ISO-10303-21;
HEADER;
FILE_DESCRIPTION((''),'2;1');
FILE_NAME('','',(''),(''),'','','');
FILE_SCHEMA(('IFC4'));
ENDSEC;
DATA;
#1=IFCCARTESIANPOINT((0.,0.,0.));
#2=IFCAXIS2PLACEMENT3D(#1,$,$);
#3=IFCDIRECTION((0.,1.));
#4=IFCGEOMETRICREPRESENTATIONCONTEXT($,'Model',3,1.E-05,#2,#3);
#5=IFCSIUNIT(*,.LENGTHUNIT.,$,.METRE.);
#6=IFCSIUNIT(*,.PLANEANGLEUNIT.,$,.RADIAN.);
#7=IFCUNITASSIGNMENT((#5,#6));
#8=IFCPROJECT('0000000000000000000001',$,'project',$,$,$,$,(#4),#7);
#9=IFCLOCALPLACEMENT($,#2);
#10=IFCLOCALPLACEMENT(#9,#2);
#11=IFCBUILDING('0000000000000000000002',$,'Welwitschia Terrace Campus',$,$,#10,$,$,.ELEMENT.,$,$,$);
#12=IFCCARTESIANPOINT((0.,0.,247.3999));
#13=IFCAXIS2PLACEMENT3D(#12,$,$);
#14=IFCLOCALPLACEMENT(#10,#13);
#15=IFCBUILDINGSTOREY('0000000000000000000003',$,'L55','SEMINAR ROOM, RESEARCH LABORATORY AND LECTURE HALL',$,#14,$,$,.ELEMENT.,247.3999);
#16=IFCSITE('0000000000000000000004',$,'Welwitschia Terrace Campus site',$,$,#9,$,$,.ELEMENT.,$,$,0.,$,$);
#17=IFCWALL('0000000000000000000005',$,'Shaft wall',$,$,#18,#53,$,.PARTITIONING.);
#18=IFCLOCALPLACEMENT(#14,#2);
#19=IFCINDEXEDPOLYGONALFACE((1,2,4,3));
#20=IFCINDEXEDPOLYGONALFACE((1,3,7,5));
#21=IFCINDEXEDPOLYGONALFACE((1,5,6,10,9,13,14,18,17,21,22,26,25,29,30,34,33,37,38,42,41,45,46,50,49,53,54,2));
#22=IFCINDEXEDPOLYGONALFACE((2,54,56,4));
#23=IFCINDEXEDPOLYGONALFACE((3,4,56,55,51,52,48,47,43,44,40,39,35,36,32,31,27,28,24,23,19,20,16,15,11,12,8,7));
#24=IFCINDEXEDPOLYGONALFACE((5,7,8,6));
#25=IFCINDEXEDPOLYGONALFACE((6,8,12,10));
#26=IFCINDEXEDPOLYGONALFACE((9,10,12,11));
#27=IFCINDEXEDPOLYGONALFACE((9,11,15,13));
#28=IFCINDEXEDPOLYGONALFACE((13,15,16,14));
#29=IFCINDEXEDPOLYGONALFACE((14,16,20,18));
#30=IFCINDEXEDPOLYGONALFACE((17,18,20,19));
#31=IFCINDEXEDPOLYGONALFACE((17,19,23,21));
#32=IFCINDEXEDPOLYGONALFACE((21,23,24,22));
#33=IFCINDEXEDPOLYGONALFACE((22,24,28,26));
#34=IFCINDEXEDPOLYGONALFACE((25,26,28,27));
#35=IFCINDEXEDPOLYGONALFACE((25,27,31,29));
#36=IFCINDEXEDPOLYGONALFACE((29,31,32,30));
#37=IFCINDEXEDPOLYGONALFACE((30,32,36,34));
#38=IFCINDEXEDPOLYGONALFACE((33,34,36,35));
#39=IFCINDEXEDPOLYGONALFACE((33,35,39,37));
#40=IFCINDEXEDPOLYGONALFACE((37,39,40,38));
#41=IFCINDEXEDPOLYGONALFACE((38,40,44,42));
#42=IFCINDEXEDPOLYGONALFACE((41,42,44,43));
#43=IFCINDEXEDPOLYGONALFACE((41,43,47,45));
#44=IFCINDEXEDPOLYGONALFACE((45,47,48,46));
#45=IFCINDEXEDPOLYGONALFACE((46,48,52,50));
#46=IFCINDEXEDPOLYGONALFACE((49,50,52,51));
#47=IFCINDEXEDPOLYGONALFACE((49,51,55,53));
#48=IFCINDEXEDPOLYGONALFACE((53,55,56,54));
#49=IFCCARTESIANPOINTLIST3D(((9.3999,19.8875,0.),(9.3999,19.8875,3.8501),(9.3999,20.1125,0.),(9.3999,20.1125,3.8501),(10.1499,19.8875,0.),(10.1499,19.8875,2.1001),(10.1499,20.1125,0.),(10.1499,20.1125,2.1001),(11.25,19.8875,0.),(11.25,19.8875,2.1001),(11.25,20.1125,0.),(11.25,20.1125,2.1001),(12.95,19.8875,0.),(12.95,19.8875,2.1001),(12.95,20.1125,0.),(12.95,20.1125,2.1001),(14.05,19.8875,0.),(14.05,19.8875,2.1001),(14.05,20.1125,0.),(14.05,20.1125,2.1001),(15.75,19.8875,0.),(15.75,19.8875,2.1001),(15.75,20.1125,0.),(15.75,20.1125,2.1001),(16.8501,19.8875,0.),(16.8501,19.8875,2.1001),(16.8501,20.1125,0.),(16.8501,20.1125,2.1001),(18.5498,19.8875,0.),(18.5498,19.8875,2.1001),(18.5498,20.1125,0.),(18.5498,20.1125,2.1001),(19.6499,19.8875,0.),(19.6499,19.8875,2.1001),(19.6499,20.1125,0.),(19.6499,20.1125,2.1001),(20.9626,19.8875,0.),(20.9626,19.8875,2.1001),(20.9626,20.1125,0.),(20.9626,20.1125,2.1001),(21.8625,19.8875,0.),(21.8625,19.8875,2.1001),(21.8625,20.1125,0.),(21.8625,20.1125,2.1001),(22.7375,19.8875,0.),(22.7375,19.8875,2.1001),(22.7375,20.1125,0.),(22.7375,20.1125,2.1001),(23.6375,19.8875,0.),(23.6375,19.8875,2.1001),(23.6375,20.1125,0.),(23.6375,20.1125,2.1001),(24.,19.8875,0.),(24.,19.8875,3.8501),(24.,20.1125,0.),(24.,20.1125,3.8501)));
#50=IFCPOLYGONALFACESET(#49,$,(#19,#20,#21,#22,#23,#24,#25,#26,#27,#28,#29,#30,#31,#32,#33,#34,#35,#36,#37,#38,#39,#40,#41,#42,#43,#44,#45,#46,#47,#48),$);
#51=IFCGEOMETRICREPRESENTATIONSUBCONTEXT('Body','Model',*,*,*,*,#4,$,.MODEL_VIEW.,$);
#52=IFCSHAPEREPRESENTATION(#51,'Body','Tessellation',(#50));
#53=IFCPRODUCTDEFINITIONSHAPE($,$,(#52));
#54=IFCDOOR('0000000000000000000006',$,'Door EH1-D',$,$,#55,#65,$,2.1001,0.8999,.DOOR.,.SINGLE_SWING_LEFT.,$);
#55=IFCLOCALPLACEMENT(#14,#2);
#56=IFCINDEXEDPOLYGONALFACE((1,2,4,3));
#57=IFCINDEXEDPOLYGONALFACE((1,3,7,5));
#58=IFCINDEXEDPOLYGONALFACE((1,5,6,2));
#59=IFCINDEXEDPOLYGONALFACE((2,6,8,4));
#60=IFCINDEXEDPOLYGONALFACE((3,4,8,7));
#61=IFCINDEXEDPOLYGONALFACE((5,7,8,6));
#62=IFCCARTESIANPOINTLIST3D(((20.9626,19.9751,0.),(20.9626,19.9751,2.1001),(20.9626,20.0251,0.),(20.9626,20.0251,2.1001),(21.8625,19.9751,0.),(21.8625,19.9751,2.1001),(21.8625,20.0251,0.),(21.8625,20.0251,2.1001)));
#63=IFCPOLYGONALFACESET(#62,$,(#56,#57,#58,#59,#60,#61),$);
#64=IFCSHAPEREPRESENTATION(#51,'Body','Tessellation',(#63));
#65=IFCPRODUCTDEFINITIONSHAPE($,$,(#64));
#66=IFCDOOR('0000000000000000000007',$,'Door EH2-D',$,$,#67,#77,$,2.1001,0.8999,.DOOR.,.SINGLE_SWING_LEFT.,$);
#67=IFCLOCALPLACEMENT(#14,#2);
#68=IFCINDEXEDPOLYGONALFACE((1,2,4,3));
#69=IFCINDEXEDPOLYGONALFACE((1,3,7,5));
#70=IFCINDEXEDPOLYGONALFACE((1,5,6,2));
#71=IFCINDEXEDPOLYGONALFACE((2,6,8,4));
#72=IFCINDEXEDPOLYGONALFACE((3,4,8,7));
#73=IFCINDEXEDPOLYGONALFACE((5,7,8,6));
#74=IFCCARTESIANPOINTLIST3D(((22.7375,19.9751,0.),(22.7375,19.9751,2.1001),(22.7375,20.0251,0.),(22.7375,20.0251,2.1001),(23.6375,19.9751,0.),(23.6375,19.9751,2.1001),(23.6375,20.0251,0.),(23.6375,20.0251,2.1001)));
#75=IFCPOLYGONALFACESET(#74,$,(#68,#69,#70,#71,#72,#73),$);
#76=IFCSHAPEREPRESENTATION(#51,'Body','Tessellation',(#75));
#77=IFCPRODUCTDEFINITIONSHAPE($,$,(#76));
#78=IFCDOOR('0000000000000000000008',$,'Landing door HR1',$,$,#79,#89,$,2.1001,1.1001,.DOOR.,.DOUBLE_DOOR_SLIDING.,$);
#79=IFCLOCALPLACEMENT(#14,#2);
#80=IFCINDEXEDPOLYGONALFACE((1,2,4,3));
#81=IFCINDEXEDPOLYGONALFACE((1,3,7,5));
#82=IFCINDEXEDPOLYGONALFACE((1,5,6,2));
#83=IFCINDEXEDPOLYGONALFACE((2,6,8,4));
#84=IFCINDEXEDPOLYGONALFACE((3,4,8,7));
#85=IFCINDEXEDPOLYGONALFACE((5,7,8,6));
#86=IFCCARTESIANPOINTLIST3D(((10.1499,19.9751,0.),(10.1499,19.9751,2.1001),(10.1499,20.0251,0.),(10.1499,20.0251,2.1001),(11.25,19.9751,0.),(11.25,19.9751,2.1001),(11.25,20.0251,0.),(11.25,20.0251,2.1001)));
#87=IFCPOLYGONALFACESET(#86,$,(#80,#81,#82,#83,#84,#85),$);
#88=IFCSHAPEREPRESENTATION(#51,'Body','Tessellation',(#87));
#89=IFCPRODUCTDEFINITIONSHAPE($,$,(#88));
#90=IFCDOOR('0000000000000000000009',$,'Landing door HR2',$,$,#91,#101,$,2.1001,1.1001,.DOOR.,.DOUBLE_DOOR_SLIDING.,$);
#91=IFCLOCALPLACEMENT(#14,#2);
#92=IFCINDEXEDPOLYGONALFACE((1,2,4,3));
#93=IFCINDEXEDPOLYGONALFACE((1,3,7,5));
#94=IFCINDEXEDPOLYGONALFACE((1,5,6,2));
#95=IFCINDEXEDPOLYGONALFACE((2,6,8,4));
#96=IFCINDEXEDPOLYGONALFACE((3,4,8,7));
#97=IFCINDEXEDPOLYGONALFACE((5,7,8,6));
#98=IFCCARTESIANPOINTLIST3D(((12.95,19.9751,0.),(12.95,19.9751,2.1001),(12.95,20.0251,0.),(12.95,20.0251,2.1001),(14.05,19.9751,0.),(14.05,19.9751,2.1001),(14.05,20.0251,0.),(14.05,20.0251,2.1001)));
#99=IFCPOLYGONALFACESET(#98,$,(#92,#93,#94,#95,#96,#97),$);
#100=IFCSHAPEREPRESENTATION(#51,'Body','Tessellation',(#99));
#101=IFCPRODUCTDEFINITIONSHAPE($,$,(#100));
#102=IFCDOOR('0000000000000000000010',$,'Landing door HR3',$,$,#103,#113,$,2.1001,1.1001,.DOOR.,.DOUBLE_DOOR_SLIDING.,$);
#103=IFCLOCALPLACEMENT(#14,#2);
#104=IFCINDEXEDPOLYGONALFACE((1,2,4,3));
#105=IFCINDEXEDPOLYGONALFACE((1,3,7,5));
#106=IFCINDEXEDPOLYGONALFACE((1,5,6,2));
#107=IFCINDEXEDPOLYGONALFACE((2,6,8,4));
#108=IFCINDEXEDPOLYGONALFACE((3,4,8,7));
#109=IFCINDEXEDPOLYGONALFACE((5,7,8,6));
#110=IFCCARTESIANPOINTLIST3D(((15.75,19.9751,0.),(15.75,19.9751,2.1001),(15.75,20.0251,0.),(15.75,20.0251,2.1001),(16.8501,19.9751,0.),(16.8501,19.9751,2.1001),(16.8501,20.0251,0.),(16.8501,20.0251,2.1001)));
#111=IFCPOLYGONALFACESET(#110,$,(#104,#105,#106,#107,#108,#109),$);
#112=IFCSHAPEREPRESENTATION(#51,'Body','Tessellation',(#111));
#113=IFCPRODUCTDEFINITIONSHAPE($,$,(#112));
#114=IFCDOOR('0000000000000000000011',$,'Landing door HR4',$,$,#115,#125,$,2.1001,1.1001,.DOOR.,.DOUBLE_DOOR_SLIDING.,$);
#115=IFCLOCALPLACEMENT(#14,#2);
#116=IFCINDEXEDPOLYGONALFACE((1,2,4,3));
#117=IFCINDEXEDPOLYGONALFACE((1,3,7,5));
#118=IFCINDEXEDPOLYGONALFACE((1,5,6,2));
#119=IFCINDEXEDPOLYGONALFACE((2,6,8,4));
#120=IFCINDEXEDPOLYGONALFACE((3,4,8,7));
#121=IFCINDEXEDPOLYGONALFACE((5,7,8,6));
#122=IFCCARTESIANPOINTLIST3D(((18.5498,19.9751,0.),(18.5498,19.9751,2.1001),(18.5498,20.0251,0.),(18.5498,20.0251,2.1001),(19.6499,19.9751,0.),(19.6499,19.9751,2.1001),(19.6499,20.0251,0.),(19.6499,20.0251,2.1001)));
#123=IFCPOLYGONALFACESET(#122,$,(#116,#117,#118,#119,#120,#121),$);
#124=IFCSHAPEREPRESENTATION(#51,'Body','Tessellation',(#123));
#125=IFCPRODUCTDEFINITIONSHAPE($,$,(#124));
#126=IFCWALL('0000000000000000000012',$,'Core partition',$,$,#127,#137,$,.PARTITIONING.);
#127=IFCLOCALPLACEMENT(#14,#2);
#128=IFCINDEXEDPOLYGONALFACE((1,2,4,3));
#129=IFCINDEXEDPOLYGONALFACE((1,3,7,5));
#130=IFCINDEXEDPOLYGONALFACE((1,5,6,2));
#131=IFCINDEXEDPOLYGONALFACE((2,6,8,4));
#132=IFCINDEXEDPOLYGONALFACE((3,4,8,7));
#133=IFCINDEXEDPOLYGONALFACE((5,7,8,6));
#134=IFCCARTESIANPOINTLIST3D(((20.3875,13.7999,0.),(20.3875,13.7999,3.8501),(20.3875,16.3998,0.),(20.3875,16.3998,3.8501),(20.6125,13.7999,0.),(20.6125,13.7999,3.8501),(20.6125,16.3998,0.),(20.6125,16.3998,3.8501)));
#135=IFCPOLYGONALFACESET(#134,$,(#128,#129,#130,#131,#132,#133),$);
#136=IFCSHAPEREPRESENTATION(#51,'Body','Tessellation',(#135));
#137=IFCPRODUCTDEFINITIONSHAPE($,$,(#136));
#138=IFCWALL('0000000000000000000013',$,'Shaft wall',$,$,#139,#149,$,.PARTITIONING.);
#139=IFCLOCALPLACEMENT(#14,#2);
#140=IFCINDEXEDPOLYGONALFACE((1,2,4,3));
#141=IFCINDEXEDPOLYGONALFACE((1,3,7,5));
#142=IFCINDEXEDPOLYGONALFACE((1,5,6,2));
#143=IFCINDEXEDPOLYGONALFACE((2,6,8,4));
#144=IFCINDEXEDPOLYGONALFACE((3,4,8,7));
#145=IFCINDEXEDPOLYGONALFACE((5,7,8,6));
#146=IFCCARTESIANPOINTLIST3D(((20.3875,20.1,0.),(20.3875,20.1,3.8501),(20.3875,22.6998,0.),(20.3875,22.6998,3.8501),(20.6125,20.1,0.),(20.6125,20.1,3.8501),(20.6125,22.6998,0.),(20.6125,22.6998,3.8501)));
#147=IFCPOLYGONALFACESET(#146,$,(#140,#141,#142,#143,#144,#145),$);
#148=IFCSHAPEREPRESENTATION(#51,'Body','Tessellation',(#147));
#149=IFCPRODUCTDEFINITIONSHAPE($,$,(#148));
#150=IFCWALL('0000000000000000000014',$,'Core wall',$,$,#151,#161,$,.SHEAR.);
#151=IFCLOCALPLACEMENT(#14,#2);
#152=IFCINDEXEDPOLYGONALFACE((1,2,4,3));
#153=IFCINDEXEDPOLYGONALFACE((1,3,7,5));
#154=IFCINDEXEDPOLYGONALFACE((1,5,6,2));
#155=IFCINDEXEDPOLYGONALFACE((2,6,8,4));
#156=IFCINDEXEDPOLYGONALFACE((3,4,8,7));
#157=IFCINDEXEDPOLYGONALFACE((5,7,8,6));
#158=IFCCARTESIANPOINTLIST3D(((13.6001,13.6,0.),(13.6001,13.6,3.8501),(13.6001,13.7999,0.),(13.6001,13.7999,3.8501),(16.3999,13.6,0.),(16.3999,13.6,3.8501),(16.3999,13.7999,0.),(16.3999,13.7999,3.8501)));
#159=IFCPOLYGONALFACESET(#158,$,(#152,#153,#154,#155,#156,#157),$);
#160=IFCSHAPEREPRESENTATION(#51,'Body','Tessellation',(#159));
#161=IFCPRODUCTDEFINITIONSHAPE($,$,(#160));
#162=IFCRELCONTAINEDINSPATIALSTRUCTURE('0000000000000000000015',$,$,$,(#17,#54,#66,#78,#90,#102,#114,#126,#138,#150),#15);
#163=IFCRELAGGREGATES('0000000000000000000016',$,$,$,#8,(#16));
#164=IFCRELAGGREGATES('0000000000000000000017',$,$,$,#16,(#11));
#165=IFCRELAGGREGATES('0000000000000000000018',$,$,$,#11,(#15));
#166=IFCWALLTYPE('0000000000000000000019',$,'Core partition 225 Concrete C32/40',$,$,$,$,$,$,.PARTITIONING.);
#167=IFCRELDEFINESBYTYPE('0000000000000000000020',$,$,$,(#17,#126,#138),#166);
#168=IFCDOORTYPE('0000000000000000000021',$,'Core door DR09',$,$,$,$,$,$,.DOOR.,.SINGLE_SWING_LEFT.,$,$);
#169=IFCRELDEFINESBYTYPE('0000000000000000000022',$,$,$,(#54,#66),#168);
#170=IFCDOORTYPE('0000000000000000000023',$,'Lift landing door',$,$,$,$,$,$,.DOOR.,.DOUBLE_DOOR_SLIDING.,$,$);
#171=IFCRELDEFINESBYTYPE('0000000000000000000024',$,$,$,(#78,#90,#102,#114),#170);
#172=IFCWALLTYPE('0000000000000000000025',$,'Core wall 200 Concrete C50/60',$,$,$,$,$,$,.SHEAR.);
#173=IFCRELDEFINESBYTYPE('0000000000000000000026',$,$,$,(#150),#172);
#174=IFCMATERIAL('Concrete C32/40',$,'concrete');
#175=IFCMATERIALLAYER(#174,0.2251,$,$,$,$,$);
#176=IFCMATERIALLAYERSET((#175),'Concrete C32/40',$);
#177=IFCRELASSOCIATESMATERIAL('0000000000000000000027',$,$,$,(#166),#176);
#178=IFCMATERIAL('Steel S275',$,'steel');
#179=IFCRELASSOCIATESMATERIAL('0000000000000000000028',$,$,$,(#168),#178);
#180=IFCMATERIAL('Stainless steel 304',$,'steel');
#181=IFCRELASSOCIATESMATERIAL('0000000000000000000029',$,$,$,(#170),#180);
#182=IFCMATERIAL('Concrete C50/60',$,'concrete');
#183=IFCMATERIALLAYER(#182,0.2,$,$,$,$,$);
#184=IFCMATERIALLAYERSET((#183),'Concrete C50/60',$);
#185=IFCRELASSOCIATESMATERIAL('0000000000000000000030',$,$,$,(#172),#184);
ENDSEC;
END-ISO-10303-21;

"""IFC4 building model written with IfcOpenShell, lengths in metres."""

from ifc_helpers import new_model, si_unit, direction, frame, frame_2d, origin, place, context, subcontext, project, spatial, rectangle, extrude, material, layer, layer_set, type_object, element, fill, save


model = new_model("IFC4")

# Units and contexts
model_context = context("Model", 3, precision=1e-05, world=origin(), true_north=direction((0.0, 1.0)))
body_context = subcontext(model_context, "Body", "Model", "MODEL_VIEW")
ifc_project = project(units=[si_unit("LENGTHUNIT", "METRE"), si_unit("PLANEANGLEUNIT", "RADIAN")], contexts=[model_context])

# Site, building, storey
site_placement = place(None, origin())
site = spatial("IfcSite", under=ifc_project, at=site_placement, Name="Welwitschia Terrace Campus site", CompositionType="ELEMENT", RefElevation=0.0)
building_placement = place(site_placement, origin())
building = spatial("IfcBuilding", under=site, at=building_placement, Name="Welwitschia Terrace Campus", CompositionType="ELEMENT")
storey_placement = place(building_placement, frame((0.0, 0.0, 247.3999)))
storey = spatial("IfcBuildingStorey", under=building, at=storey_placement, Name="L55", Description="SEMINAR ROOM, RESEARCH LABORATORY AND LECTURE HALL", CompositionType="ELEMENT", Elevation=247.3999)

# Shared definitions
ifc_material_1 = material(Name="Concrete C32/40", Category="concrete")
ifc_layer_1 = layer(ifc_material_1, 0.2251)
ifc_layer_set_1 = layer_set([ifc_layer_1], Name="Concrete C32/40")
wall_type_1 = type_object("IfcWallType", Name="Core partition 225 Concrete C32/40", PredefinedType="PARTITIONING", material=ifc_layer_set_1)

# Wall, openings, doors
wall_1_placement = place(storey_placement, frame((24.0, 20.0, 0.0), z_axis=(0.0, 0.0, 1.0), x_axis=(-1.0, 0.0, 0.0)))
wall_1 = element("IfcWall", 1, at=wall_1_placement, inside=storey, type_object=wall_type_1, Name="Shaft wall", PredefinedType="PARTITIONING", context=body_context, shape_type="SweptSolid", body=[
    extrude(rectangle(XDim=14.6001, YDim=0.2251, at=frame_2d((7.3, 0.0))), origin(), (0.0, 0.0, 1.0), 3.8501),
])
opening_1_placement = place(wall_1_placement, frame((12.75, 0.0, 0.0)))
opening_1 = element("IfcOpeningElement", 2, at=opening_1_placement, cuts=wall_1, PredefinedType="OPENING", context=body_context, shape_type="SweptSolid", body=[
    extrude(rectangle(XDim=1.1001, YDim=2.1001, at=frame_2d((0.55, 1.05))), frame((0.0, 0.1226, 0.0), z_axis=(0.0, -1.0, 0.0), x_axis=(1.0, 0.0, 0.0)), (0.0, 0.0, 1.0), 0.2451),
])
opening_2_placement = place(wall_1_placement, frame((9.95, 0.0, 0.0)))
opening_2 = element("IfcOpeningElement", 3, at=opening_2_placement, cuts=wall_1, PredefinedType="OPENING", context=body_context, shape_type="SweptSolid", body=[
    extrude(rectangle(XDim=1.1001, YDim=2.1001, at=frame_2d((0.55, 1.05))), frame((0.0, 0.1226, 0.0), z_axis=(0.0, -1.0, 0.0), x_axis=(1.0, 0.0, 0.0)), (0.0, 0.0, 1.0), 0.2451),
])
opening_3_placement = place(wall_1_placement, frame((7.1499, 0.0, 0.0)))
opening_3 = element("IfcOpeningElement", 4, at=opening_3_placement, cuts=wall_1, PredefinedType="OPENING", context=body_context, shape_type="SweptSolid", body=[
    extrude(rectangle(XDim=1.1001, YDim=2.1001, at=frame_2d((0.55, 1.05))), frame((0.0, 0.1226, 0.0), z_axis=(0.0, -1.0, 0.0), x_axis=(1.0, 0.0, 0.0)), (0.0, 0.0, 1.0), 0.2451),
])
opening_4_placement = place(wall_1_placement, frame((4.3501, 0.0, 0.0)))
opening_4 = element("IfcOpeningElement", 5, at=opening_4_placement, cuts=wall_1, PredefinedType="OPENING", context=body_context, shape_type="SweptSolid", body=[
    extrude(rectangle(XDim=1.1001, YDim=2.1001, at=frame_2d((0.55, 1.05))), frame((0.0, 0.1226, 0.0), z_axis=(0.0, -1.0, 0.0), x_axis=(1.0, 0.0, 0.0)), (0.0, 0.0, 1.0), 0.2451),
])
opening_5_placement = place(wall_1_placement, frame((2.1375, 0.0, 0.0)))
opening_5 = element("IfcOpeningElement", 6, at=opening_5_placement, cuts=wall_1, PredefinedType="OPENING", context=body_context, shape_type="SweptSolid", body=[
    extrude(rectangle(XDim=0.8999, YDim=2.1001, at=frame_2d((0.45, 1.05))), frame((0.0, 0.1226, 0.0), z_axis=(0.0, -1.0, 0.0), x_axis=(1.0, 0.0, 0.0)), (0.0, 0.0, 1.0), 0.2451),
])
opening_6_placement = place(wall_1_placement, frame((0.3625, 0.0, 0.0)))
opening_6 = element("IfcOpeningElement", 7, at=opening_6_placement, cuts=wall_1, PredefinedType="OPENING", context=body_context, shape_type="SweptSolid", body=[
    extrude(rectangle(XDim=0.8999, YDim=2.1001, at=frame_2d((0.45, 1.05))), frame((0.0, 0.1226, 0.0), z_axis=(0.0, -1.0, 0.0), x_axis=(1.0, 0.0, 0.0)), (0.0, 0.0, 1.0), 0.2451),
])
ifc_material_2 = material(Name="Steel S275", Category="steel")
door_type_1 = type_object("IfcDoorType", Name="Core door DR09", OperationType="SINGLE_SWING_LEFT", PredefinedType="DOOR", material=ifc_material_2)
door_1_placement = place(opening_5_placement, origin())
door_1 = element("IfcDoor", 8, at=door_1_placement, inside=storey, type_object=door_type_1, Name="Door EH1-D", OperationType="SINGLE_SWING_LEFT", OverallHeight=2.1001, OverallWidth=0.8999, PredefinedType="DOOR", context=body_context, shape_type="SweptSolid", body=[
    extrude(rectangle(XDim=0.8999, YDim=2.1001, at=frame_2d((0.45, 1.05))), frame((0.0, 0.0249, 0.0), z_axis=(0.0, -1.0, 0.0), x_axis=(1.0, 0.0, 0.0)), (0.0, 0.0, 1.0), 0.05),
])
fill(opening_5, door_1)
door_2_placement = place(opening_6_placement, origin())
door_2 = element("IfcDoor", 9, at=door_2_placement, inside=storey, type_object=door_type_1, Name="Door EH2-D", OperationType="SINGLE_SWING_LEFT", OverallHeight=2.1001, OverallWidth=0.8999, PredefinedType="DOOR", context=body_context, shape_type="SweptSolid", body=[
    extrude(rectangle(XDim=0.8999, YDim=2.1001, at=frame_2d((0.45, 1.05))), frame((0.0, 0.0249, 0.0), z_axis=(0.0, -1.0, 0.0), x_axis=(1.0, 0.0, 0.0)), (0.0, 0.0, 1.0), 0.05),
])
fill(opening_6, door_2)
ifc_material_3 = material(Name="Stainless steel 304", Category="steel")
door_type_2 = type_object("IfcDoorType", Name="Lift landing door", OperationType="DOUBLE_DOOR_SLIDING", PredefinedType="DOOR", material=ifc_material_3)
door_3_placement = place(opening_1_placement, origin())
door_3 = element("IfcDoor", 10, at=door_3_placement, inside=storey, type_object=door_type_2, Name="Landing door HR1", OperationType="DOUBLE_DOOR_SLIDING", OverallHeight=2.1001, OverallWidth=1.1001, PredefinedType="DOOR", context=body_context, shape_type="SweptSolid", body=[
    extrude(rectangle(XDim=1.1001, YDim=2.1001, at=frame_2d((0.55, 1.05))), frame((0.0, 0.0249, 0.0), z_axis=(0.0, -1.0, 0.0), x_axis=(1.0, 0.0, 0.0)), (0.0, 0.0, 1.0), 0.05),
])
fill(opening_1, door_3)
door_4_placement = place(opening_2_placement, origin())
door_4 = element("IfcDoor", 11, at=door_4_placement, inside=storey, type_object=door_type_2, Name="Landing door HR2", OperationType="DOUBLE_DOOR_SLIDING", OverallHeight=2.1001, OverallWidth=1.1001, PredefinedType="DOOR", context=body_context, shape_type="SweptSolid", body=[
    extrude(rectangle(XDim=1.1001, YDim=2.1001, at=frame_2d((0.55, 1.05))), frame((0.0, 0.0249, 0.0), z_axis=(0.0, -1.0, 0.0), x_axis=(1.0, 0.0, 0.0)), (0.0, 0.0, 1.0), 0.05),
])
fill(opening_2, door_4)
door_5_placement = place(opening_3_placement, origin())
door_5 = element("IfcDoor", 12, at=door_5_placement, inside=storey, type_object=door_type_2, Name="Landing door HR3", OperationType="DOUBLE_DOOR_SLIDING", OverallHeight=2.1001, OverallWidth=1.1001, PredefinedType="DOOR", context=body_context, shape_type="SweptSolid", body=[
    extrude(rectangle(XDim=1.1001, YDim=2.1001, at=frame_2d((0.55, 1.05))), frame((0.0, 0.0249, 0.0), z_axis=(0.0, -1.0, 0.0), x_axis=(1.0, 0.0, 0.0)), (0.0, 0.0, 1.0), 0.05),
])
fill(opening_3, door_5)
door_6_placement = place(opening_4_placement, origin())
door_6 = element("IfcDoor", 13, at=door_6_placement, inside=storey, type_object=door_type_2, Name="Landing door HR4", OperationType="DOUBLE_DOOR_SLIDING", OverallHeight=2.1001, OverallWidth=1.1001, PredefinedType="DOOR", context=body_context, shape_type="SweptSolid", body=[
    extrude(rectangle(XDim=1.1001, YDim=2.1001, at=frame_2d((0.55, 1.05))), frame((0.0, 0.0249, 0.0), z_axis=(0.0, -1.0, 0.0), x_axis=(1.0, 0.0, 0.0)), (0.0, 0.0, 1.0), 0.05),
])
fill(opening_4, door_6)

# Walls
for number, where, z_axis, x_axis, name in (
    (14, (20.5, 13.8, 0.0), (0.0, 0.0, 1.0), (0.0, 1.0, 0.0), "Core partition"),
    (15, (20.5, 20.1001, 0.0), (0.0, 0.0, 1.0), (0.0, 1.0, 0.0), "Shaft wall"),
):
    element("IfcWall", number, at=place(storey_placement, frame(where, z_axis=z_axis, x_axis=x_axis)), inside=storey, type_object=wall_type_1, Name=name, PredefinedType="PARTITIONING", context=body_context, shape_type="SweptSolid", body=[
        extrude(rectangle(XDim=2.5999, YDim=0.2251, at=frame_2d((1.2998, 0.0))), origin(), (0.0, 0.0, 1.0), 3.8501),
    ])
ifc_material_4 = material(Name="Concrete C50/60", Category="concrete")
ifc_layer_2 = layer(ifc_material_4, 0.2)
ifc_layer_set_2 = layer_set([ifc_layer_2], Name="Concrete C50/60")
wall_type_2 = type_object("IfcWallType", Name="Core wall 200 Concrete C50/60", PredefinedType="SHEAR", material=ifc_layer_set_2)
wall_2_placement = place(storey_placement, frame((13.6001, 13.7, 0.0), z_axis=(0.0, 0.0, 1.0), x_axis=(1.0, 0.0, 0.0)))
element("IfcWall", 16, at=wall_2_placement, inside=storey, type_object=wall_type_2, Name="Core wall", PredefinedType="SHEAR", context=body_context, shape_type="SweptSolid", body=[
    extrude(rectangle(XDim=2.7998, YDim=0.2, at=frame_2d((1.3999, 0.0))), origin(), (0.0, 0.0, 1.0), 3.8501),
])

save(model, "model.ifc")
